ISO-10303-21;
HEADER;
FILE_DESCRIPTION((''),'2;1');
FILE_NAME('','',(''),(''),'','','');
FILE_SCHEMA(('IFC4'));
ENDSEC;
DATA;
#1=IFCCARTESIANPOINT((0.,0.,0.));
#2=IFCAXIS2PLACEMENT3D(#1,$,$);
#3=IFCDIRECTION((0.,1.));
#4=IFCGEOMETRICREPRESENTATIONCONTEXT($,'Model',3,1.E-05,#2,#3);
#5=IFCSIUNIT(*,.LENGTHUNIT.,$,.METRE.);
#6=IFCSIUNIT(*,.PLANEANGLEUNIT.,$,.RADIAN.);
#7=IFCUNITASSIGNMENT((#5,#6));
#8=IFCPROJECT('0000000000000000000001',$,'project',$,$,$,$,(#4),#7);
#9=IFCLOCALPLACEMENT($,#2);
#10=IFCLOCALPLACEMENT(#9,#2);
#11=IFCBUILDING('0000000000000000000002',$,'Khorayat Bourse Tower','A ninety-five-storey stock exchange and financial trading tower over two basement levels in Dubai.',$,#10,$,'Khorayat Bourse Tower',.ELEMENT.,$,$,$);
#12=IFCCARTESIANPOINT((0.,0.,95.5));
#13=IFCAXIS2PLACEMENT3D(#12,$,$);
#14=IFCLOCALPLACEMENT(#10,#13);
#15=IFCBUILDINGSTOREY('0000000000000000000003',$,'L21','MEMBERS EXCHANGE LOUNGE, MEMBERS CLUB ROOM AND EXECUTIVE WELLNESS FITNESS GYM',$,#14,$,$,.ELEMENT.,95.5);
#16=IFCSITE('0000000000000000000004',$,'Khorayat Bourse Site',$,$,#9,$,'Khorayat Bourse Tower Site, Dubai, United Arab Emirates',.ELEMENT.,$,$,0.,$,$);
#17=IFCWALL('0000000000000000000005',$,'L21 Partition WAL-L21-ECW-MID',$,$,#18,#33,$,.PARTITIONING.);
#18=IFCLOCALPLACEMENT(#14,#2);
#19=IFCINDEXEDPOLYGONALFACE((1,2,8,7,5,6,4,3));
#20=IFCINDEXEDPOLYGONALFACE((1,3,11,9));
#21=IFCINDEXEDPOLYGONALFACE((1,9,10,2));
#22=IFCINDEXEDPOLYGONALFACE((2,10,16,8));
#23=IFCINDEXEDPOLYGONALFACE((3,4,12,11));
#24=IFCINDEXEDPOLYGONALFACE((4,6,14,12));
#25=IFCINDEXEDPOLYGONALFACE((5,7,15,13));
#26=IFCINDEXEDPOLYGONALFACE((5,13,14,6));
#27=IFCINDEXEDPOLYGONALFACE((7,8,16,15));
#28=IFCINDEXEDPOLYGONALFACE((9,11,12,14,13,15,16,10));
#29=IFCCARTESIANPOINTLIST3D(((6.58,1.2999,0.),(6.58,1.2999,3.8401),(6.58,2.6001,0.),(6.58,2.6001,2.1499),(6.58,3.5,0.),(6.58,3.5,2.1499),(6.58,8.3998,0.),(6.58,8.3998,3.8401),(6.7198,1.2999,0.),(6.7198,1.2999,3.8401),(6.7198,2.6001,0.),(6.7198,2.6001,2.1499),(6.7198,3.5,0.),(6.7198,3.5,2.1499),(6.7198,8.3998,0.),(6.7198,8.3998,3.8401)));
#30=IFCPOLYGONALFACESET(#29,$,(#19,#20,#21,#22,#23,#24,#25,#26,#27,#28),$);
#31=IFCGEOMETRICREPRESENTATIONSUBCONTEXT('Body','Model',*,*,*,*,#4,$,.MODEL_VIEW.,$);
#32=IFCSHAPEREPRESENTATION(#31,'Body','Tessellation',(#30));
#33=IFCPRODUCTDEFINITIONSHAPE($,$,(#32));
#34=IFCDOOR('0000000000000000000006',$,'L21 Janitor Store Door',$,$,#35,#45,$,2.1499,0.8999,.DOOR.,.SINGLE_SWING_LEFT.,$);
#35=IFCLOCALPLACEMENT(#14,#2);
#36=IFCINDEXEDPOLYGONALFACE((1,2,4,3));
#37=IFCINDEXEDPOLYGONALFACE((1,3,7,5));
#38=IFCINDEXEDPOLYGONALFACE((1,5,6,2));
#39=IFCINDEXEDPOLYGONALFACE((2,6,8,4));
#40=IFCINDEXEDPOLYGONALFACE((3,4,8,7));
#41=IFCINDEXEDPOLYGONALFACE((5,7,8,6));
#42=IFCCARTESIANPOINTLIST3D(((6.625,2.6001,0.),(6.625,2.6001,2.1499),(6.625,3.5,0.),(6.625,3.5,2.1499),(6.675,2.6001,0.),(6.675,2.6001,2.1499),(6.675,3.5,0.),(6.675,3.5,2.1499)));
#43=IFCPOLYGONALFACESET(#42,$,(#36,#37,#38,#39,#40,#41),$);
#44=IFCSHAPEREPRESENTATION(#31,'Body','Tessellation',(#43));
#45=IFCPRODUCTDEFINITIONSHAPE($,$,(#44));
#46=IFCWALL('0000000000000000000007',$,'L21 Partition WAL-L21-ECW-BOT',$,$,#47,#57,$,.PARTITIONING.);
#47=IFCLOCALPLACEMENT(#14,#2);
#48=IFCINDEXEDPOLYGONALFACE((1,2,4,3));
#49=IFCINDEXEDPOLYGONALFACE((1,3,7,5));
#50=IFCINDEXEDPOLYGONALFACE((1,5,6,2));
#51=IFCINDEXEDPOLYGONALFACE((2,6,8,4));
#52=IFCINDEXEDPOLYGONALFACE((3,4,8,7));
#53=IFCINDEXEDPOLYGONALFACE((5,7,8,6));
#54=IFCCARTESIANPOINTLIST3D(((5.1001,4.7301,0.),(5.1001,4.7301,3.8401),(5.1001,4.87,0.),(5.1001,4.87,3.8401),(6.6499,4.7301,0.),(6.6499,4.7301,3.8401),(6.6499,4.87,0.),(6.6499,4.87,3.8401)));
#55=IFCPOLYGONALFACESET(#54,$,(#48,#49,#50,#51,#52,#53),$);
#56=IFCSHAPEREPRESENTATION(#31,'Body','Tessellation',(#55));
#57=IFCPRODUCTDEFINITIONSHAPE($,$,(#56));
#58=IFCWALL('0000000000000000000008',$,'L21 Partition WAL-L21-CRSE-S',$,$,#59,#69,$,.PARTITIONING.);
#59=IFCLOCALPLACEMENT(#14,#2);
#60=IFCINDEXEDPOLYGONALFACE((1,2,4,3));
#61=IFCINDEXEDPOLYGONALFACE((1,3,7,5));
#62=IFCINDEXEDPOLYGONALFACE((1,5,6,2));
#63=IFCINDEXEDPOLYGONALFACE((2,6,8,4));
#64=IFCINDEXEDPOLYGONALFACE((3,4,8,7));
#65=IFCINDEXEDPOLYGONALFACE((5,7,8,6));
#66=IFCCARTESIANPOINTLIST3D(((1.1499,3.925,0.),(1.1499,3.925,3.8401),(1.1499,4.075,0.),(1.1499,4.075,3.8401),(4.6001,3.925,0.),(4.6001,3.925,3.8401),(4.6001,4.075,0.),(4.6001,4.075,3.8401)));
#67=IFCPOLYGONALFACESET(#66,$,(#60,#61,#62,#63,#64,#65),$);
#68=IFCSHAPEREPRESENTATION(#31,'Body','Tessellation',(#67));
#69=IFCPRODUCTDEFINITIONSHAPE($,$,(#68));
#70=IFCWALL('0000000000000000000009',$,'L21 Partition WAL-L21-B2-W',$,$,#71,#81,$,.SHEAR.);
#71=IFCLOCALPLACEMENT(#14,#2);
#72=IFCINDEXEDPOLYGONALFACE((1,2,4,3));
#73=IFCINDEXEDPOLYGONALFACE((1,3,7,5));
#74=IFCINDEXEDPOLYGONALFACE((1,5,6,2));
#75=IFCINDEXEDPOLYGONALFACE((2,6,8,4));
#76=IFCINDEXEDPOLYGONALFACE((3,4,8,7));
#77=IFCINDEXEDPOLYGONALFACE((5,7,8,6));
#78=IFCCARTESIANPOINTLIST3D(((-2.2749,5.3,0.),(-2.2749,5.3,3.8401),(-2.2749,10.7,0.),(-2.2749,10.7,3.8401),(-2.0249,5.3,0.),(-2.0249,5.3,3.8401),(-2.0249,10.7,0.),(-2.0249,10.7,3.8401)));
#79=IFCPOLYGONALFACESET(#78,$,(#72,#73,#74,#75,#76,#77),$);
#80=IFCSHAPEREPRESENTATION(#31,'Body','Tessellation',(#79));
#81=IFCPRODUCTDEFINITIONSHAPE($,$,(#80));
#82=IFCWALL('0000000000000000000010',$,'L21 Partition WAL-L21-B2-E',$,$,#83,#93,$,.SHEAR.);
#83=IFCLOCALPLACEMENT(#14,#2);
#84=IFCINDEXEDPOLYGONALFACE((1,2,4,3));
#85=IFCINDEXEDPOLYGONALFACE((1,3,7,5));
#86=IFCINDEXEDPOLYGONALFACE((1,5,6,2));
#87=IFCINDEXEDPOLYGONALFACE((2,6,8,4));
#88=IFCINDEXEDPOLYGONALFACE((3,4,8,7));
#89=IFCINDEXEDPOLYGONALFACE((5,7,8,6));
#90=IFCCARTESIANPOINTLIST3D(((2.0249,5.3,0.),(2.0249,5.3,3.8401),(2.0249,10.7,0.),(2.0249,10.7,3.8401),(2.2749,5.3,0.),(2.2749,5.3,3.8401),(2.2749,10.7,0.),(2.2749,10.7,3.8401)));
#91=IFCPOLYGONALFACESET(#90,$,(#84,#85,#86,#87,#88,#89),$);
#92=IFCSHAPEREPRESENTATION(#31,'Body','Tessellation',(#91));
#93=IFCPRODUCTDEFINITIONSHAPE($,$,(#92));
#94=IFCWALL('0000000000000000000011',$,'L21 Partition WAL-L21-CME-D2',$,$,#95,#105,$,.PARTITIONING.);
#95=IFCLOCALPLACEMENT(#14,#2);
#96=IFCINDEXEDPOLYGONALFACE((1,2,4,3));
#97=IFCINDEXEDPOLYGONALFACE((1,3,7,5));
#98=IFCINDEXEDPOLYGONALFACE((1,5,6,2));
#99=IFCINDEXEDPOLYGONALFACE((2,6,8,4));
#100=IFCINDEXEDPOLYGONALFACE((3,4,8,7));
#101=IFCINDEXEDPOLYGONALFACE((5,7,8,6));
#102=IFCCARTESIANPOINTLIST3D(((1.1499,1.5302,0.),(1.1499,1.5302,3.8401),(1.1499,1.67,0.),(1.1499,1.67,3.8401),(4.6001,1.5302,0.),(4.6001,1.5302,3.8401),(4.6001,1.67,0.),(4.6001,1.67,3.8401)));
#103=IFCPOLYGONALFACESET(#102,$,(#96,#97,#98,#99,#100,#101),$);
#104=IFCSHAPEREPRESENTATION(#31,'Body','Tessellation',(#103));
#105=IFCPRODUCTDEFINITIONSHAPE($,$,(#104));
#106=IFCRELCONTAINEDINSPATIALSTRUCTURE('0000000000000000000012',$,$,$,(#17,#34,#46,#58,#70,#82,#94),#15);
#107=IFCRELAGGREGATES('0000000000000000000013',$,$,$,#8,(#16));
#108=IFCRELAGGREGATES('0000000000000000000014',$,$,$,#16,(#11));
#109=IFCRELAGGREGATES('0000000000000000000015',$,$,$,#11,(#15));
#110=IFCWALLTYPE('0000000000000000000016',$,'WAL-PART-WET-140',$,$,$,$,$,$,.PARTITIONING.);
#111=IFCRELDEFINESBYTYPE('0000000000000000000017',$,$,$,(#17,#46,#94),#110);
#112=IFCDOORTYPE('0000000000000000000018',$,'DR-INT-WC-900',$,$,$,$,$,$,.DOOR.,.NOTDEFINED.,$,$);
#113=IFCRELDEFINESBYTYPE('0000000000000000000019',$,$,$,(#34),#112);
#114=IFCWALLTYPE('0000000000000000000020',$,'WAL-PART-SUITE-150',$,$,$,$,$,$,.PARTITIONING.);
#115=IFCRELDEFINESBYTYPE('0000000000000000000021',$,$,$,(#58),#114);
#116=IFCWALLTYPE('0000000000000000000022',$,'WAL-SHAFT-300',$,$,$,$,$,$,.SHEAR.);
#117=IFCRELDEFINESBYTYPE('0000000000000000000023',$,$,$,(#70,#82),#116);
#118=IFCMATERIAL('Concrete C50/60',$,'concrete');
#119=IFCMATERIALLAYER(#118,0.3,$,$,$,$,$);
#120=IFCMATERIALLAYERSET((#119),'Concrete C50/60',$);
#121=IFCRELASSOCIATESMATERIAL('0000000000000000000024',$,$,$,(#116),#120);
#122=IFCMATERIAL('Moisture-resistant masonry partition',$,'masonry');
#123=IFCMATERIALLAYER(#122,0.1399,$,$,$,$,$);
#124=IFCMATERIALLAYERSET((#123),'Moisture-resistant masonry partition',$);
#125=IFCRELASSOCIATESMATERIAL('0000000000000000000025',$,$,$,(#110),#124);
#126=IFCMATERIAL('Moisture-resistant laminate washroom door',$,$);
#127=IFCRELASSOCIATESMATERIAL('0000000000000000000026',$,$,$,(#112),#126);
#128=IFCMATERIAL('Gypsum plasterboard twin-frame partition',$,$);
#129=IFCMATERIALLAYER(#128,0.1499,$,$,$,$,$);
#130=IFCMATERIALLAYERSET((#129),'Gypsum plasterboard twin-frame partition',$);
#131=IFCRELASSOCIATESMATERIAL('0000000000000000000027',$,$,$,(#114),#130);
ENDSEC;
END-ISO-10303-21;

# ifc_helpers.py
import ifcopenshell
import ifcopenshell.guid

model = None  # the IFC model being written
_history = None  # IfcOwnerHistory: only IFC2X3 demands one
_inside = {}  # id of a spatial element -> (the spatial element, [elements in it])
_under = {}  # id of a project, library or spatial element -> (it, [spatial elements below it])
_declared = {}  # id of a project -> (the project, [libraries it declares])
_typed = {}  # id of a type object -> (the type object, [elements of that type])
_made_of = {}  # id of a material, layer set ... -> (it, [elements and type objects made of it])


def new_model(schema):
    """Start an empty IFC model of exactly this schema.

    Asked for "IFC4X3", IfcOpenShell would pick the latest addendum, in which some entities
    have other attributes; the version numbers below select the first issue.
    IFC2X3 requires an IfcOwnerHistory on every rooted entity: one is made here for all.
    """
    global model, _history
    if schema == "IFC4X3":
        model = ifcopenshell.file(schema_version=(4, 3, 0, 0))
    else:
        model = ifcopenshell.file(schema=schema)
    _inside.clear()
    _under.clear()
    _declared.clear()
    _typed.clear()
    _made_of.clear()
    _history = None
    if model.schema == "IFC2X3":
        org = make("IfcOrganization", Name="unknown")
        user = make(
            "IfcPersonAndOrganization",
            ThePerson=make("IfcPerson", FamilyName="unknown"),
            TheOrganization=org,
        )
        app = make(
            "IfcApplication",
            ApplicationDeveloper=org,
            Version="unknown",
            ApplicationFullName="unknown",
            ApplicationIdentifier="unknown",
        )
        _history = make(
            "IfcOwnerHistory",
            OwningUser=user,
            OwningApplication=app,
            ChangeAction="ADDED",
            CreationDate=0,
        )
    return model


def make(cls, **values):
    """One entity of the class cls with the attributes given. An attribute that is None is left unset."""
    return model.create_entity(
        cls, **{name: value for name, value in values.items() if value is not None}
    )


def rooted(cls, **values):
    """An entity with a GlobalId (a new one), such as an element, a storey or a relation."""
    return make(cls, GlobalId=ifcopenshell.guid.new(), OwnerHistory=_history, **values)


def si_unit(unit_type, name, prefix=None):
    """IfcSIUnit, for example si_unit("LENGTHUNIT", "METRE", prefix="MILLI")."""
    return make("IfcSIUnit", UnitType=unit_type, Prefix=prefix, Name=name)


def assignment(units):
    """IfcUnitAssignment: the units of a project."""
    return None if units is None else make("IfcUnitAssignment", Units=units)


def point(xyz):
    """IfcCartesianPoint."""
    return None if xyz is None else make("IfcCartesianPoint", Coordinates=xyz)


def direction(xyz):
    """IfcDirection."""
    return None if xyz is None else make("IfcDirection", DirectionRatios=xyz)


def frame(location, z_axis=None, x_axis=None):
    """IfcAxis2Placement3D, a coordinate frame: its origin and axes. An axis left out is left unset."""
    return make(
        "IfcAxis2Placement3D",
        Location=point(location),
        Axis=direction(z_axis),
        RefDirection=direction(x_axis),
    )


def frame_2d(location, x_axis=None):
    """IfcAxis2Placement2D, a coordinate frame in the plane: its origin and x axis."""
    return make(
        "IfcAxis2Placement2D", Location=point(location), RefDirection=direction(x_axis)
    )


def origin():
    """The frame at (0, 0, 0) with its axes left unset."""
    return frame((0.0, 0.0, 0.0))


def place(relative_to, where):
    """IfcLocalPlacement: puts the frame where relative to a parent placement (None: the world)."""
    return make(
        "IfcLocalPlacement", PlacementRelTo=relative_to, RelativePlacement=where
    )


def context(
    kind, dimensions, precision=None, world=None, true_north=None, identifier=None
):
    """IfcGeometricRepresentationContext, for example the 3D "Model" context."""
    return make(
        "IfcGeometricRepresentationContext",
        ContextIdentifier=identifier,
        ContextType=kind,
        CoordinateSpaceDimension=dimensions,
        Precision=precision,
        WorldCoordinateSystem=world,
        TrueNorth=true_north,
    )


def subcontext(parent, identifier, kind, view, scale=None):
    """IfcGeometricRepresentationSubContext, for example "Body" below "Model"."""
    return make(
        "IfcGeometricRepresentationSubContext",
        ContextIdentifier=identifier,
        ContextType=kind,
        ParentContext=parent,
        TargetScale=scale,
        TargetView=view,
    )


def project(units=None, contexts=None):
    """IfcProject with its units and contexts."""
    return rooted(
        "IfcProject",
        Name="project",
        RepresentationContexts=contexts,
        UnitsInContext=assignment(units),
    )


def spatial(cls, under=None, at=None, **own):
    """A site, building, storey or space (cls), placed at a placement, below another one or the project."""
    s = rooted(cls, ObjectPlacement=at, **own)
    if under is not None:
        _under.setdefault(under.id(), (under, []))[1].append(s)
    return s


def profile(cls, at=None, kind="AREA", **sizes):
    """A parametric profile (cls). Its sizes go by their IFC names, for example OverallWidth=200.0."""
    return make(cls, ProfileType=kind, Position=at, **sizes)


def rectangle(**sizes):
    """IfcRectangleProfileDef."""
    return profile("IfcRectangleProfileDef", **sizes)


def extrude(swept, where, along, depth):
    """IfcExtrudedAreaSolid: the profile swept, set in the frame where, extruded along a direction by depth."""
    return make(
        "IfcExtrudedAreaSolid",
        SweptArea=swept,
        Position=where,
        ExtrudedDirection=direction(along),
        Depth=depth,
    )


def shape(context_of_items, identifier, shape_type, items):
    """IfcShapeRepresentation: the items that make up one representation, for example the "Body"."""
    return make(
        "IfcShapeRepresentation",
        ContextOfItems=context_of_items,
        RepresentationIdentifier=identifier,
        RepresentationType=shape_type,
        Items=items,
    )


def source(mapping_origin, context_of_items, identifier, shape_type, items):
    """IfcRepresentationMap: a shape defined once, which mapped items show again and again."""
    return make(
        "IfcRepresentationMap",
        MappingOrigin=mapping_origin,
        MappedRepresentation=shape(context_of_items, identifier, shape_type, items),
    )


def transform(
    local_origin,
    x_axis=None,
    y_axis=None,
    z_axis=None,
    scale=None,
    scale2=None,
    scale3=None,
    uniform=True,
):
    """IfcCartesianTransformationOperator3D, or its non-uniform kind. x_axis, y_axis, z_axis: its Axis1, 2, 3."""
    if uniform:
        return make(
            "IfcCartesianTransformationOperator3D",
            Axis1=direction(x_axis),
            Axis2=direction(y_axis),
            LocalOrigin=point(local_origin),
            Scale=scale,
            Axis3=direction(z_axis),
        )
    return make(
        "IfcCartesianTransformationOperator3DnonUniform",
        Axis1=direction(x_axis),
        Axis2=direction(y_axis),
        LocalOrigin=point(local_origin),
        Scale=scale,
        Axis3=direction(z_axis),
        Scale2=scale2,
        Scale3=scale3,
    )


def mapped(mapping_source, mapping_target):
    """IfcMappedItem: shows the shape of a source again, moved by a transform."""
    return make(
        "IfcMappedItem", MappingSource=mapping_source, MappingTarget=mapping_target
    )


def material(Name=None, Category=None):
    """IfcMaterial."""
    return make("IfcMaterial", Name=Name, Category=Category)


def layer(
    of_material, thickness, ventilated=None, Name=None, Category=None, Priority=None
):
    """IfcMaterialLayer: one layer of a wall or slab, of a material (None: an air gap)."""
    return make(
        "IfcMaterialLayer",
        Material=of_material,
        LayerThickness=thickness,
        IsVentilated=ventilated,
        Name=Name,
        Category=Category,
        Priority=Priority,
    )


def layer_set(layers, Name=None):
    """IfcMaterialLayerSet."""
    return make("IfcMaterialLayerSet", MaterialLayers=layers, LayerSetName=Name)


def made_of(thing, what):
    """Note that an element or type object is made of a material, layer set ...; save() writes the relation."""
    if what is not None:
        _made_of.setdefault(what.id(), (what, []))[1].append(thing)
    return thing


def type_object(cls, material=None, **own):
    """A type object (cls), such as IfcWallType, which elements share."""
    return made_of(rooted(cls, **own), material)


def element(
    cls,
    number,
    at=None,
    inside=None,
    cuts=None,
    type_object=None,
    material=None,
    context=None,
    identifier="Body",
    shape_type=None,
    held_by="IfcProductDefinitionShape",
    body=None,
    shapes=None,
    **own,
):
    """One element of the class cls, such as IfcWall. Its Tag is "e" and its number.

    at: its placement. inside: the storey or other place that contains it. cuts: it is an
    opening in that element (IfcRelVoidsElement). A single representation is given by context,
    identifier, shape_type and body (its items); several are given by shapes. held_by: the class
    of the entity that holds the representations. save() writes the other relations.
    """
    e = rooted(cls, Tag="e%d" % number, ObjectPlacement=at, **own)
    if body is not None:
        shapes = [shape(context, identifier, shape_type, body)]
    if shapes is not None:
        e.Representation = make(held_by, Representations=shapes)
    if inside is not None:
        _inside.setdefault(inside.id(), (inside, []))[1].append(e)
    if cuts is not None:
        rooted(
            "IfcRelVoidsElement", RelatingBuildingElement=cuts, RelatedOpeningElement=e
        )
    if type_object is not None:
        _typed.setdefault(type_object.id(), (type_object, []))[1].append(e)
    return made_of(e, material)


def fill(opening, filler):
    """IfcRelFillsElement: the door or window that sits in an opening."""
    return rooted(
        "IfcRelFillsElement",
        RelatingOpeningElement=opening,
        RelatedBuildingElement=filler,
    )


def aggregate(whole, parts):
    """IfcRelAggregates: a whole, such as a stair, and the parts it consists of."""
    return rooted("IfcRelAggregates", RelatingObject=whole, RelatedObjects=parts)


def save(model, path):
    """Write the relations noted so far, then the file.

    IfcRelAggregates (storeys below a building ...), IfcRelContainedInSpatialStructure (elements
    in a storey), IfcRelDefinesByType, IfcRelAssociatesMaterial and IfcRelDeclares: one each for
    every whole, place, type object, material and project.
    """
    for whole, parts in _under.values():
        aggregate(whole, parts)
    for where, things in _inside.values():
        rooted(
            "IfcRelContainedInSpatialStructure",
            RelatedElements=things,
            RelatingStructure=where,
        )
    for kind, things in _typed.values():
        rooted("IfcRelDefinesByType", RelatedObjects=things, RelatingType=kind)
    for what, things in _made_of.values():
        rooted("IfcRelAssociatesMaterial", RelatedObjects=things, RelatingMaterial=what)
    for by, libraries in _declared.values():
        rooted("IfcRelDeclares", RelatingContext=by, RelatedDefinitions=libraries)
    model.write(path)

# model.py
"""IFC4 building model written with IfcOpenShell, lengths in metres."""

from ifc_helpers import new_model, si_unit, direction, frame, frame_2d, origin, place, context, subcontext, project, spatial, rectangle, extrude, source, transform, mapped, material, layer, layer_set, type_object, element, fill, save


model = new_model("IFC4")

# Units and contexts
model_context = context("Model", 3, precision=1e-05, world=origin(), true_north=direction((0.0, 1.0)))
body_context = subcontext(model_context, "Body", "Model", "MODEL_VIEW")
ifc_project = project(units=[si_unit("LENGTHUNIT", "METRE"), si_unit("PLANEANGLEUNIT", "RADIAN")], contexts=[model_context])

# Site, building, storey
site_placement = place(None, origin())
site = spatial("IfcSite", under=ifc_project, at=site_placement, Name="Khorayat Bourse Site", LongName="Khorayat Bourse Tower Site, Dubai, United Arab Emirates", CompositionType="ELEMENT", RefElevation=0.0)
building_placement = place(site_placement, origin())
building = spatial("IfcBuilding", under=site, at=building_placement, Name="Khorayat Bourse Tower", Description="A ninety-five-storey stock exchange and financial trading tower over two basement levels in Dubai.", LongName="Khorayat Bourse Tower", CompositionType="ELEMENT")
storey_placement = place(building_placement, frame((0.0, 0.0, 95.5)))
storey = spatial("IfcBuildingStorey", under=building, at=storey_placement, Name="L21", Description="MEMBERS EXCHANGE LOUNGE, MEMBERS CLUB ROOM AND EXECUTIVE WELLNESS FITNESS GYM", CompositionType="ELEMENT", Elevation=95.5)

# Shared definitions
ifc_material_1 = material(Name="Concrete C50/60", Category="concrete")
ifc_layer_1 = layer(ifc_material_1, 0.3)
ifc_layer_set_1 = layer_set([ifc_layer_1], Name="Concrete C50/60")
wall_type_1 = type_object("IfcWallType", Name="WAL-SHAFT-300", PredefinedType="SHEAR", material=ifc_layer_set_1)
ifc_material_2 = material(Name="Moisture-resistant masonry partition", Category="masonry")
ifc_layer_2 = layer(ifc_material_2, 0.1399)
ifc_layer_set_2 = layer_set([ifc_layer_2], Name="Moisture-resistant masonry partition")
wall_type_2 = type_object("IfcWallType", Name="WAL-PART-WET-140", PredefinedType="PARTITIONING", material=ifc_layer_set_2)

# Wall, opening, door
shared_shape_1 = source(origin(), body_context, "Body", "SweptSolid", [
    extrude(rectangle(XDim=7.0999, YDim=0.1399, at=frame_2d((3.5498, 0.0))), origin(), (0.0, 0.0, 1.0), 3.8401),
])
wall_1_placement = place(storey_placement, frame((6.6499, 1.3, 0.0), z_axis=(0.0, 0.0, 1.0), x_axis=(0.0, 1.0, 0.0)))
wall_1 = element("IfcWall", 1, at=wall_1_placement, inside=storey, type_object=wall_type_2, Name="L21 Partition WAL-L21-ECW-MID", PredefinedType="PARTITIONING", context=body_context, shape_type="MappedRepresentation", body=[
    mapped(shared_shape_1, transform((0.0, 0.0, 0.0), scale=1.0)),
])
shared_shape_2 = source(origin(), body_context, "Body", "SweptSolid", [
    extrude(rectangle(XDim=0.8999, YDim=2.1499, at=frame_2d((0.45, 1.075))), frame((0.0, 0.0798, 0.0), z_axis=(0.0, -1.0, 0.0), x_axis=(1.0, 0.0, 0.0)), (0.0, 0.0, 1.0), 0.1599),
])
opening_placement = place(wall_1_placement, frame((1.3, 0.0, 0.0)))
opening = element("IfcOpeningElement", 2, at=opening_placement, cuts=wall_1, PredefinedType="OPENING", context=body_context, shape_type="MappedRepresentation", body=[
    mapped(shared_shape_2, transform((0.0, 0.0, 0.0), scale=1.0)),
])
ifc_material_3 = material(Name="Moisture-resistant laminate washroom door")
door_type = type_object("IfcDoorType", Name="DR-INT-WC-900", OperationType="NOTDEFINED", PredefinedType="DOOR", material=ifc_material_3)
shared_shape_3 = source(origin(), body_context, "Body", "SweptSolid", [
    extrude(rectangle(XDim=0.8999, YDim=2.1499, at=frame_2d((0.45, 1.075))), frame((0.0, 0.0249, 0.0), z_axis=(0.0, -1.0, 0.0), x_axis=(1.0, 0.0, 0.0)), (0.0, 0.0, 1.0), 0.05),
])
door_placement = place(opening_placement, origin())
door = element("IfcDoor", 3, at=door_placement, inside=storey, type_object=door_type, Name="L21 Janitor Store Door", OperationType="SINGLE_SWING_LEFT", OverallHeight=2.1499, OverallWidth=0.8999, PredefinedType="DOOR", context=body_context, shape_type="MappedRepresentation", body=[
    mapped(shared_shape_3, transform((0.0, 0.0, 0.0), scale=1.0)),
])
fill(opening, door)

# Walls
shared_shape_4 = source(origin(), body_context, "Body", "SweptSolid", [
    extrude(rectangle(XDim=1.5498, YDim=0.1399, at=frame_2d((0.7749, 0.0))), origin(), (0.0, 0.0, 1.0), 3.8401),
])
wall_2_placement = place(storey_placement, frame((5.1001, 4.8, 0.0), z_axis=(0.0, 0.0, 1.0), x_axis=(1.0, 0.0, 0.0)))
element("IfcWall", 4, at=wall_2_placement, inside=storey, type_object=wall_type_2, Name="L21 Partition WAL-L21-ECW-BOT", PredefinedType="PARTITIONING", context=body_context, shape_type="MappedRepresentation", body=[
    mapped(shared_shape_4, transform((0.0, 0.0, 0.0), scale=1.0)),
])
ifc_material_4 = material(Name="Gypsum plasterboard twin-frame partition")
ifc_layer_3 = layer(ifc_material_4, 0.1499)
ifc_layer_set_3 = layer_set([ifc_layer_3], Name="Gypsum plasterboard twin-frame partition")
wall_type_3 = type_object("IfcWallType", Name="WAL-PART-SUITE-150", PredefinedType="PARTITIONING", material=ifc_layer_set_3)
shared_shape_5 = source(origin(), body_context, "Body", "SweptSolid", [
    extrude(rectangle(XDim=3.4502, YDim=0.1499, at=frame_2d((1.7251, 0.0))), origin(), (0.0, 0.0, 1.0), 3.8401),
])
wall_3_placement = place(storey_placement, frame((1.1499, 4.0, 0.0), z_axis=(0.0, 0.0, 1.0), x_axis=(1.0, 0.0, 0.0)))
element("IfcWall", 5, at=wall_3_placement, inside=storey, type_object=wall_type_3, Name="L21 Partition WAL-L21-CRSE-S", PredefinedType="PARTITIONING", context=body_context, shape_type="MappedRepresentation", body=[
    mapped(shared_shape_5, transform((0.0, 0.0, 0.0), scale=1.0)),
])
shared_shape_6 = source(origin(), body_context, "Body", "SweptSolid", [
    extrude(rectangle(XDim=5.3999, YDim=0.25, at=frame_2d((2.7, 0.0))), origin(), (0.0, 0.0, 1.0), 3.8401),
])
for number, where, z_axis, x_axis, name in (
    (6, (-2.1499, 5.3, 0.0), (0.0, 0.0, 1.0), (0.0, 1.0, 0.0), "L21 Partition WAL-L21-B2-W"),
    (7, (2.1499, 5.3, 0.0), (0.0, 0.0, 1.0), (0.0, 1.0, 0.0), "L21 Partition WAL-L21-B2-E"),
):
    element("IfcWall", number, at=place(storey_placement, frame(where, z_axis=z_axis, x_axis=x_axis)), inside=storey, type_object=wall_type_1, Name=name, PredefinedType="SHEAR", context=body_context, shape_type="MappedRepresentation", body=[
        mapped(shared_shape_6, transform((0.0, 0.0, 0.0), scale=1.0)),
    ])
shared_shape_7 = source(origin(), body_context, "Body", "SweptSolid", [
    extrude(rectangle(XDim=3.4502, YDim=0.1399, at=frame_2d((1.7251, 0.0))), origin(), (0.0, 0.0, 1.0), 3.8401),
])
wall_4_placement = place(storey_placement, frame((1.1499, 1.6001, 0.0), z_axis=(0.0, 0.0, 1.0), x_axis=(1.0, 0.0, 0.0)))
element("IfcWall", 8, at=wall_4_placement, inside=storey, type_object=wall_type_2, Name="L21 Partition WAL-L21-CME-D2", PredefinedType="PARTITIONING", context=body_context, shape_type="MappedRepresentation", body=[
    mapped(shared_shape_7, transform((0.0, 0.0, 0.0), scale=1.0)),
])

save(model, "model.ifc")
